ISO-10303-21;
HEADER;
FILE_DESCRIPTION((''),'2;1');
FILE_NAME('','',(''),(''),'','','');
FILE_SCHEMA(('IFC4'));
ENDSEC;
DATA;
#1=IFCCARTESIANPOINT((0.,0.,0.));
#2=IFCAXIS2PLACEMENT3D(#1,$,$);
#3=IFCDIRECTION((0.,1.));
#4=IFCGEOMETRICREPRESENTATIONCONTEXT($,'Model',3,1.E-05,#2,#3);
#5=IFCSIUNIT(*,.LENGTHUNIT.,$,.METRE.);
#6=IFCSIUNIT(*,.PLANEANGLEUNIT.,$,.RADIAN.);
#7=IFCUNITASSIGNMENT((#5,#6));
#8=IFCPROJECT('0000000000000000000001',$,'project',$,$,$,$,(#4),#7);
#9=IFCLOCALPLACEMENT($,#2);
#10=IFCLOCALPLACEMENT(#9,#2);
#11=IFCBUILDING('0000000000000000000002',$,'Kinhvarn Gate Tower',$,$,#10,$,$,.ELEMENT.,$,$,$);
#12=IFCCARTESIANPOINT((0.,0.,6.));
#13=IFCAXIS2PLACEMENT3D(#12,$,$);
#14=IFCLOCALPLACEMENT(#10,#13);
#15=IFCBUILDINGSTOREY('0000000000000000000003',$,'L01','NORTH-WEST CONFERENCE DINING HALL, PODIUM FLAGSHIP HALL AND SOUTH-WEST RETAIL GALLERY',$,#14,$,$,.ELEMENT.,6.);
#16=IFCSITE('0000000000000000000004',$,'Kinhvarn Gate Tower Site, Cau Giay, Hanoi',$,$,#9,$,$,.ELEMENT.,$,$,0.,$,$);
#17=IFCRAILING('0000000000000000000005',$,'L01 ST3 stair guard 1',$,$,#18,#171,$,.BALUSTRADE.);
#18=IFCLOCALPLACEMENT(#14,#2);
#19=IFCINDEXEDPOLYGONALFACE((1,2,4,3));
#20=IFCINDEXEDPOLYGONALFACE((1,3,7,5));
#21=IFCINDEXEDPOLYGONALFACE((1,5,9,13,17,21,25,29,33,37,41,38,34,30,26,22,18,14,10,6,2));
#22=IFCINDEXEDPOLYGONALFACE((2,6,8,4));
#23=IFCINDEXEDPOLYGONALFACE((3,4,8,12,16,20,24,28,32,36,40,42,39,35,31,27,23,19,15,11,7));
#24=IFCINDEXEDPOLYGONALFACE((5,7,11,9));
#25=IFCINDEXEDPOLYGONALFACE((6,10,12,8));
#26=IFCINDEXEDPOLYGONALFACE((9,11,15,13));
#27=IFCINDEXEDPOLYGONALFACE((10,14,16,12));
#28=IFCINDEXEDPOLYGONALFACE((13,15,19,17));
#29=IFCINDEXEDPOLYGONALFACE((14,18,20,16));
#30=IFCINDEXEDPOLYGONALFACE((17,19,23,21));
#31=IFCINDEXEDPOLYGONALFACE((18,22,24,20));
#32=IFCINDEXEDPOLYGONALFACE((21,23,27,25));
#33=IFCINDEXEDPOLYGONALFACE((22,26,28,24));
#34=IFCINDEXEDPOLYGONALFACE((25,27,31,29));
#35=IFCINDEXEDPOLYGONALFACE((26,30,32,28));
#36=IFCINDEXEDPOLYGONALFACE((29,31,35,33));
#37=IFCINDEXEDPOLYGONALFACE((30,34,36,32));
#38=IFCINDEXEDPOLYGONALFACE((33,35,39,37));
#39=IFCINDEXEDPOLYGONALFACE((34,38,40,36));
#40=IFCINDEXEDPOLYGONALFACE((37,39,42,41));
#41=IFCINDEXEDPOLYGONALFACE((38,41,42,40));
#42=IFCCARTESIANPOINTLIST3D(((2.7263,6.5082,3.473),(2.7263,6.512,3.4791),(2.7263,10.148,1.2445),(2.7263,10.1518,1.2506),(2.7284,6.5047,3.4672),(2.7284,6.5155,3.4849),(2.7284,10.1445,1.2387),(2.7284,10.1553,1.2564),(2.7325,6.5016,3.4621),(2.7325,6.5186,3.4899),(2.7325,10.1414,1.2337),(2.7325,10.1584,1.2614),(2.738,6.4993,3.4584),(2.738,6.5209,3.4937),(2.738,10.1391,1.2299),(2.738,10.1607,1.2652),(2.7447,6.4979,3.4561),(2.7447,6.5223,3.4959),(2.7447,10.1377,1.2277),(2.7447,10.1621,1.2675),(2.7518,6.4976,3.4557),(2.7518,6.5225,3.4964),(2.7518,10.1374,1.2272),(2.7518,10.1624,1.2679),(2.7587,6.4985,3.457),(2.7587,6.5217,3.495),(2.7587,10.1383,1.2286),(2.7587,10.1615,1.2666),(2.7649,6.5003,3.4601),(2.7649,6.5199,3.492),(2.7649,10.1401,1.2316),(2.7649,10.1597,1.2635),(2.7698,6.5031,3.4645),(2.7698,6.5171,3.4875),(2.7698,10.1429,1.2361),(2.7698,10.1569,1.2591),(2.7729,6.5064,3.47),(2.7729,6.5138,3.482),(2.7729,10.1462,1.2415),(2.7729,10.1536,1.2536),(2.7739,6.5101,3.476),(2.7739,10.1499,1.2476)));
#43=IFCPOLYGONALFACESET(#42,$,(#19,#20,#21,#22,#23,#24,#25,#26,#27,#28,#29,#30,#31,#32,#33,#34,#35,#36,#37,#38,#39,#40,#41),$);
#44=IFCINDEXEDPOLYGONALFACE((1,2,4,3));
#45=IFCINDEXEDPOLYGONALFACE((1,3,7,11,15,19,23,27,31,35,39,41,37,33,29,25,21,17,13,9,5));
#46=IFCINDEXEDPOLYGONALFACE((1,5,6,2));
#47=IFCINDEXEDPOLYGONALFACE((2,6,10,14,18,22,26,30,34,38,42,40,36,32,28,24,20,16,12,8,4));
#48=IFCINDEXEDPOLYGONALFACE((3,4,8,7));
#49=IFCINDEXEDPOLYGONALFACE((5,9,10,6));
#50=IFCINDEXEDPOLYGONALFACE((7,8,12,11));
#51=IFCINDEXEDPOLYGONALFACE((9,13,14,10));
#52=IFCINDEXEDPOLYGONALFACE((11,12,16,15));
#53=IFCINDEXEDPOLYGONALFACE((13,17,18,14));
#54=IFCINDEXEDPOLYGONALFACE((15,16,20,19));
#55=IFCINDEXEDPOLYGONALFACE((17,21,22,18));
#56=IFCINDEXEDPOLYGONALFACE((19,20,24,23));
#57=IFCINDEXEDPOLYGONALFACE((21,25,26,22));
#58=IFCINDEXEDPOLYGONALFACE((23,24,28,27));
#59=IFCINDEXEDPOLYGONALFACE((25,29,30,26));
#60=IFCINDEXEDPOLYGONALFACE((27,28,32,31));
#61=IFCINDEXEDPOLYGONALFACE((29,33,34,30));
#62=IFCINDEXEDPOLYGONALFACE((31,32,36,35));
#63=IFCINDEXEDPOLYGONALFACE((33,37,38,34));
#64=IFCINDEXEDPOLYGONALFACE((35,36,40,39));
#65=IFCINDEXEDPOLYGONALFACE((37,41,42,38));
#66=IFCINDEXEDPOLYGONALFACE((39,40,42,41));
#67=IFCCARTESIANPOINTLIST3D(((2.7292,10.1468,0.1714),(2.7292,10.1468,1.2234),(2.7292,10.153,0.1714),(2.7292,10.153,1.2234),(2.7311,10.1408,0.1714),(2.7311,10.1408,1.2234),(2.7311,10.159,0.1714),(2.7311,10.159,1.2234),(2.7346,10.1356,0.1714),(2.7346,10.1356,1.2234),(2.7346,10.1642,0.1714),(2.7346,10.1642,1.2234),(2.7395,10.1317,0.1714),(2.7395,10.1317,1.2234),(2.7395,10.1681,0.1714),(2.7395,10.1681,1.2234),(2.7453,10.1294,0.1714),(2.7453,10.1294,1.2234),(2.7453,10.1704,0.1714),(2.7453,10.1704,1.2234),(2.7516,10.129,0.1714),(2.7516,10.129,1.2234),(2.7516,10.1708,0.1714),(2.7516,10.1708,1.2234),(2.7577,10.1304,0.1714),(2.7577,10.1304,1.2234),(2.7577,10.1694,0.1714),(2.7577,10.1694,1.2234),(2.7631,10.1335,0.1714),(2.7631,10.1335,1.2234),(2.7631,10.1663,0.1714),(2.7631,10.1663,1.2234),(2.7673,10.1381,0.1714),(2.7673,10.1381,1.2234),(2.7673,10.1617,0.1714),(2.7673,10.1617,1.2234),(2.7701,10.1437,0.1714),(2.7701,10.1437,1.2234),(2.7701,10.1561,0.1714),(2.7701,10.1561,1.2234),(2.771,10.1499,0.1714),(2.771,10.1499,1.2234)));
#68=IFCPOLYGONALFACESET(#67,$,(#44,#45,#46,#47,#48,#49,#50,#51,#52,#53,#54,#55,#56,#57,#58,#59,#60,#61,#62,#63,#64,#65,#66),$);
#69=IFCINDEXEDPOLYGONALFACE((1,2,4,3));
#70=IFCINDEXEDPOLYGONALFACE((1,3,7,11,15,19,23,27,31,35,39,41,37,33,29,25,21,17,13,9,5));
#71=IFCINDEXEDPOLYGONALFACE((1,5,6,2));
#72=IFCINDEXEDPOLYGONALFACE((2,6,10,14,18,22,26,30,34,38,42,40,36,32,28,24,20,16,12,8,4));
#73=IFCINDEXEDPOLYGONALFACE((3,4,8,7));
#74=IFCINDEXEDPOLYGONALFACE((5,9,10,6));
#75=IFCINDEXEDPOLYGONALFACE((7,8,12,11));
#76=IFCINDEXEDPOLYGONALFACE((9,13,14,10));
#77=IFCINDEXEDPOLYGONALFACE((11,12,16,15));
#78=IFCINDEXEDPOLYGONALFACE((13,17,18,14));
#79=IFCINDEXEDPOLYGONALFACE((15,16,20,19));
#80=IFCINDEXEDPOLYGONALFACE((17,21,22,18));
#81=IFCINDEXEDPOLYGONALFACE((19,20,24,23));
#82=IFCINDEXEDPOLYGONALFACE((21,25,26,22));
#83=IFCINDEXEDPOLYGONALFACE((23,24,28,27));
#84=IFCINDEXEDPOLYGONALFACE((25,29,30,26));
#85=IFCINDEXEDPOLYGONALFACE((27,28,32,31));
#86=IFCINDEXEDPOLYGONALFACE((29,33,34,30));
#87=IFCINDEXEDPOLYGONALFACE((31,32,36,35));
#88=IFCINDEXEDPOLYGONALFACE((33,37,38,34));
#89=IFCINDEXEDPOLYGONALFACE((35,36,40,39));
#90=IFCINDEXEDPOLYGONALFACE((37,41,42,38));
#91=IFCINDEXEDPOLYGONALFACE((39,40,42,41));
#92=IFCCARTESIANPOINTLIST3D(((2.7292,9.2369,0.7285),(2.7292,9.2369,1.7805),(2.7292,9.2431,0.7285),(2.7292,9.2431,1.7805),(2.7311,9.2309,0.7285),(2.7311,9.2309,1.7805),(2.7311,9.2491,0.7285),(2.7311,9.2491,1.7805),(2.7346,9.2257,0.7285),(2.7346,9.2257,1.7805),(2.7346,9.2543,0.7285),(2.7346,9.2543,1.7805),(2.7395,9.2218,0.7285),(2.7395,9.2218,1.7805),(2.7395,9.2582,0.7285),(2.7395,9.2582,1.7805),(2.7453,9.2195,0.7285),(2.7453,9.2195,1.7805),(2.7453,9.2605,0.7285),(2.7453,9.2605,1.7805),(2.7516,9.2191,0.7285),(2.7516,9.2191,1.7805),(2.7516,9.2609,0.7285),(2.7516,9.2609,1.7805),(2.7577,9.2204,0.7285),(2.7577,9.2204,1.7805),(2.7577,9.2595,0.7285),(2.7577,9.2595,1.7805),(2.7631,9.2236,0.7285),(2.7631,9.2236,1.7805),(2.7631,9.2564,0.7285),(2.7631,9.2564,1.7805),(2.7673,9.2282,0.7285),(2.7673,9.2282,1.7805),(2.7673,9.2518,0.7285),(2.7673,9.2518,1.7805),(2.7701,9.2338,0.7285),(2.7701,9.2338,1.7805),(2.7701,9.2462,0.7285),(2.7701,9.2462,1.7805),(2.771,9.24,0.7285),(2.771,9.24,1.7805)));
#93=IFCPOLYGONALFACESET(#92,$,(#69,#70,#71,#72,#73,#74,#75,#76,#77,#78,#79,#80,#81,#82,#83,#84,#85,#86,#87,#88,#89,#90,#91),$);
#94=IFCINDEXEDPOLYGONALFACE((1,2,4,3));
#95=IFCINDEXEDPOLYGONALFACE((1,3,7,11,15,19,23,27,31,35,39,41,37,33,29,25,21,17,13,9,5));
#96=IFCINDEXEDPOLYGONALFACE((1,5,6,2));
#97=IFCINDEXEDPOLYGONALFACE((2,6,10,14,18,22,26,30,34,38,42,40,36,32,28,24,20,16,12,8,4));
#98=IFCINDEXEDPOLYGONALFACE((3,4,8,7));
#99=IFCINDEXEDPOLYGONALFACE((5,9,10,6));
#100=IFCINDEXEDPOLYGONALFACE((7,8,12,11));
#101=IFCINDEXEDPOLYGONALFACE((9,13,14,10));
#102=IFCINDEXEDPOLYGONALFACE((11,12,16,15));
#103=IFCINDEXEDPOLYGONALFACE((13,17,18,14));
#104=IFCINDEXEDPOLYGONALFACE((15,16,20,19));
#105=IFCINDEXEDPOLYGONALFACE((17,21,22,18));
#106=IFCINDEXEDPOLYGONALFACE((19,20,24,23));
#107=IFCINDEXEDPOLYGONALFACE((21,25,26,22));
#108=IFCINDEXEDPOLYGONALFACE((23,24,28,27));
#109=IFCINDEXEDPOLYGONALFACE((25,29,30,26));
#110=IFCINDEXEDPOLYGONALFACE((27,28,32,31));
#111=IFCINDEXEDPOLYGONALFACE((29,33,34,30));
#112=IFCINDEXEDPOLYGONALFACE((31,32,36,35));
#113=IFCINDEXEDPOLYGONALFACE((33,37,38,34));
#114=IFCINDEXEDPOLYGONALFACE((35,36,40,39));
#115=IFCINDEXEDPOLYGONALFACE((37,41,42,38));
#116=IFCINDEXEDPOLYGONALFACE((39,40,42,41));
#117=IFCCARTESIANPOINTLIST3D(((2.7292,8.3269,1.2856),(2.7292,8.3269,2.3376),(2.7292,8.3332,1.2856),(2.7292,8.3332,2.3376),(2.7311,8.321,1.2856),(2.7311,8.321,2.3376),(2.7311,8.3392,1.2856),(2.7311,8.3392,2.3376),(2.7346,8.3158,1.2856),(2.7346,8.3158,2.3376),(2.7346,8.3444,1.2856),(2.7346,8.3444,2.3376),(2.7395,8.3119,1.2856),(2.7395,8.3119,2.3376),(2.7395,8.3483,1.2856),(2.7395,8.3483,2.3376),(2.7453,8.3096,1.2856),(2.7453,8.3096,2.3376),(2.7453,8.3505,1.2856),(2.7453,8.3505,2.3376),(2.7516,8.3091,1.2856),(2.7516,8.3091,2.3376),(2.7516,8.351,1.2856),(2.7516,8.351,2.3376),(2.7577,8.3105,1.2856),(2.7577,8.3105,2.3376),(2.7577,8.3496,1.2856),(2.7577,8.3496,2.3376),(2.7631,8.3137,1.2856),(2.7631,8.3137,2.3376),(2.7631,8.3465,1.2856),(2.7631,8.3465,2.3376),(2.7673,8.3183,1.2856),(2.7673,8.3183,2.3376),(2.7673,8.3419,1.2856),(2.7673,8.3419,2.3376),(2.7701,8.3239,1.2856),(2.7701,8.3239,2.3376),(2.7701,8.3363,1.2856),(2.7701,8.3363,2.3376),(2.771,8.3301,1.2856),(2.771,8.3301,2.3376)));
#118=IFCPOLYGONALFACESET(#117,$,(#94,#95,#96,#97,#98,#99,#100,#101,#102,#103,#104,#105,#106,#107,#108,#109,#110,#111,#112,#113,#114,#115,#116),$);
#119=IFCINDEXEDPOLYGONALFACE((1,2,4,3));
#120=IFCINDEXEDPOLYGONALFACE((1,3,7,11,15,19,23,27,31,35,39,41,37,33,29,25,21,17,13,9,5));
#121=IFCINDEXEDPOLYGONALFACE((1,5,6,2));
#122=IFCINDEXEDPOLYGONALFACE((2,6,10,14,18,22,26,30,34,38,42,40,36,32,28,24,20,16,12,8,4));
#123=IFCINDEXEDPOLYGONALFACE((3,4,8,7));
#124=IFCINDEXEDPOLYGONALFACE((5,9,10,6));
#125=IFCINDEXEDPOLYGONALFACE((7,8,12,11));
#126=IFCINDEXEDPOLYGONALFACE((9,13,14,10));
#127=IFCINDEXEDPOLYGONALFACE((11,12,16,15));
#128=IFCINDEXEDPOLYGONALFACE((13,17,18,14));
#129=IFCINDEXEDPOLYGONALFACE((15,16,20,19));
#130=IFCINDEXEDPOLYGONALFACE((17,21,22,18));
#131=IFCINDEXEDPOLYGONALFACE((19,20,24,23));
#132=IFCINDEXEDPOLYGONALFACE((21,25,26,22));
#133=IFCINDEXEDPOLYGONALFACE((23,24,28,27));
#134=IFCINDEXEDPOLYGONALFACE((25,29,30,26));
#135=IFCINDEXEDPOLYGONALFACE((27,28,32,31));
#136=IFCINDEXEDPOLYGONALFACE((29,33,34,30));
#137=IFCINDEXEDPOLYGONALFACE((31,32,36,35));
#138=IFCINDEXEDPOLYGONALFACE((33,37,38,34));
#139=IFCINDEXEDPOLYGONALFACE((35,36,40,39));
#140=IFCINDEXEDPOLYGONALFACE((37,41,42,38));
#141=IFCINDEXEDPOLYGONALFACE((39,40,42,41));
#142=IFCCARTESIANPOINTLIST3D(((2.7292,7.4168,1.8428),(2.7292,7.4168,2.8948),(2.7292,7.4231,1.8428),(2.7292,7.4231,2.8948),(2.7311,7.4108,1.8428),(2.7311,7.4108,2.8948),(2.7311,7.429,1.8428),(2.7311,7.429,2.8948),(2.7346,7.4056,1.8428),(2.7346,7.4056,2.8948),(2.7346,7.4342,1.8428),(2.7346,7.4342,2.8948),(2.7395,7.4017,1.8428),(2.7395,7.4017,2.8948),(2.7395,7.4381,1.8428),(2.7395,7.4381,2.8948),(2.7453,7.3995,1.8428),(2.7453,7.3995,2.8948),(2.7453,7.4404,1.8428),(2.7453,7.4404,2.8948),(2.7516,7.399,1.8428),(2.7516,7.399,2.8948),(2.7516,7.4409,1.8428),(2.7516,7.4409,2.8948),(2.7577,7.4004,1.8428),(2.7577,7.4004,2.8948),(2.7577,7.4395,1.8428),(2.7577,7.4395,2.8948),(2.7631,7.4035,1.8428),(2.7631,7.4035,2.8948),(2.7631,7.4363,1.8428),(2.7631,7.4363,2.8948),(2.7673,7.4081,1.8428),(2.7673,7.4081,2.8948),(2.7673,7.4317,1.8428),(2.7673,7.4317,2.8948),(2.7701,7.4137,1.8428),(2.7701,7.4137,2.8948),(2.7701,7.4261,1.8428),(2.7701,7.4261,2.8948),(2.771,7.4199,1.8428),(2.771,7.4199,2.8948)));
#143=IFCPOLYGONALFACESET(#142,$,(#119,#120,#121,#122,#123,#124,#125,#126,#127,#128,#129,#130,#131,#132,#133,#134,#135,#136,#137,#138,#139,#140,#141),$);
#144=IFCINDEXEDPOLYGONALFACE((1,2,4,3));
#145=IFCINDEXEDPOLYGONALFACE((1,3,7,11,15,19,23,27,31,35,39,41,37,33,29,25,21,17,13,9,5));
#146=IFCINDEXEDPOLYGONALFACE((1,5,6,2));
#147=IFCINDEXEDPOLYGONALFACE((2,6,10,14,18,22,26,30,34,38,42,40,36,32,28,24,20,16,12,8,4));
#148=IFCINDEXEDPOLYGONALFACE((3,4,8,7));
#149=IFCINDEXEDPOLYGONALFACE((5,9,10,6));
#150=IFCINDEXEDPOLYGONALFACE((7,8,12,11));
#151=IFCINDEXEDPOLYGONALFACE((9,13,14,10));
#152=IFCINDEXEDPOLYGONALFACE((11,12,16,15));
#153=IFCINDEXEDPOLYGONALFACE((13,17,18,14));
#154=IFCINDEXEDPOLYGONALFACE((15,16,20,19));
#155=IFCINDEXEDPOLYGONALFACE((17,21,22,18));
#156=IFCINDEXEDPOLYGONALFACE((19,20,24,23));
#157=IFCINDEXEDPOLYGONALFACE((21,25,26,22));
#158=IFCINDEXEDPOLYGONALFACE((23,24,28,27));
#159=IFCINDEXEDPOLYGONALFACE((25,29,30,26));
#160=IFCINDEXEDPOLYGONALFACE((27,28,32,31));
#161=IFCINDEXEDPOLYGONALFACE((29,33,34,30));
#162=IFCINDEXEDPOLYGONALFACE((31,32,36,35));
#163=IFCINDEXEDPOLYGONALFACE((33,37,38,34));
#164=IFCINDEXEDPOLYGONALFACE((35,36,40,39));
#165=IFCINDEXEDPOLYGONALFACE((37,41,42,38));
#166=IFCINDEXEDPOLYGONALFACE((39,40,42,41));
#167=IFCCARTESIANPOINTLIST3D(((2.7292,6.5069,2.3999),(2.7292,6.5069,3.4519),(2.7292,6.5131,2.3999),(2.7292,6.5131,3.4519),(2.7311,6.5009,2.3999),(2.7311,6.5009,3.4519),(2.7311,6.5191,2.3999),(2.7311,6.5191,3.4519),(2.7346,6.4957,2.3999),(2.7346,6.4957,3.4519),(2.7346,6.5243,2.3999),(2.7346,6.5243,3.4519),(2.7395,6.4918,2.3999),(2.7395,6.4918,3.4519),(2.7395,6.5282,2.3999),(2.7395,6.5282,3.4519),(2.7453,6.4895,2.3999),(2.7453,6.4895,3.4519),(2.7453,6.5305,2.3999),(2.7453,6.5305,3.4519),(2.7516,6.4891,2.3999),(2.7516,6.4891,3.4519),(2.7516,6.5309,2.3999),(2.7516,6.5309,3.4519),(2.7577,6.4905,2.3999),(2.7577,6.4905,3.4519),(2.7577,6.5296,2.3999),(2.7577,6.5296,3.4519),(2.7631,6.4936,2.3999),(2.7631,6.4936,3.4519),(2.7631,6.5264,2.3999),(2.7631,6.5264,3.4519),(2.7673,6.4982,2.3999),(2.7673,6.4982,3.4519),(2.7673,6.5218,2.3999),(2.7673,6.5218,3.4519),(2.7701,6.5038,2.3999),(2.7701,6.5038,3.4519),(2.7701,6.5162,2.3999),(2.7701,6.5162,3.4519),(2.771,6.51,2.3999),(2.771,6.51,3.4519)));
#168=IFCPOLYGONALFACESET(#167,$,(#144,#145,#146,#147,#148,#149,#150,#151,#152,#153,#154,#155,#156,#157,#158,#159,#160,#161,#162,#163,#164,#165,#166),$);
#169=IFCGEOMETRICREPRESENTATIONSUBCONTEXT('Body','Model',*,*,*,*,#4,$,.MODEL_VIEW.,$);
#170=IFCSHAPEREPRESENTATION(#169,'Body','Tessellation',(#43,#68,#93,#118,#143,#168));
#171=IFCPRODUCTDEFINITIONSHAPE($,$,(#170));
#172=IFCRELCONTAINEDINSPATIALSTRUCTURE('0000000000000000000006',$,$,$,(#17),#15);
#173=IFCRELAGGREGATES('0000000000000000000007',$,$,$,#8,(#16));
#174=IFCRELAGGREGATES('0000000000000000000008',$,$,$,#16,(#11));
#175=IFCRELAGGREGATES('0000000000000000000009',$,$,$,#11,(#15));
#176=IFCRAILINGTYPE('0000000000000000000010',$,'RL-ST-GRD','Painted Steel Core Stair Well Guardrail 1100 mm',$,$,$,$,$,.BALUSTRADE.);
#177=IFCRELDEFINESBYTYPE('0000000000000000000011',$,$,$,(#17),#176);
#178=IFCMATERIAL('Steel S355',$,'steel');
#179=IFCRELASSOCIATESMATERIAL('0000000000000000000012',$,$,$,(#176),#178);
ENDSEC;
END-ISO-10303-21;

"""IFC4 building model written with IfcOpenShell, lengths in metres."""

from ifc_helpers import new_model, si_unit, direction, frame, origin, origin_2d, place, context, subcontext, project, spatial, circle, extrude, material, type_object, element, save


model = new_model("IFC4")

# Units and contexts
model_context = context("Model", 3, precision=1e-05, world=origin(), true_north=direction((0.0, 1.0)))
body_context = subcontext(model_context, "Body", "Model", "MODEL_VIEW")
ifc_project = project(units=[si_unit("LENGTHUNIT", "METRE"), si_unit("PLANEANGLEUNIT", "RADIAN")], contexts=[model_context])

# Site, building, storey
site_placement = place(None, origin())
site = spatial("IfcSite", under=ifc_project, at=site_placement, Name="Kinhvarn Gate Tower Site, Cau Giay, Hanoi", CompositionType="ELEMENT", RefElevation=0.0)
building_placement = place(site_placement, origin())
building = spatial("IfcBuilding", under=site, at=building_placement, Name="Kinhvarn Gate Tower", CompositionType="ELEMENT")
storey_placement = place(building_placement, frame((0.0, 0.0, 6.0)))
storey = spatial("IfcBuildingStorey", under=building, at=storey_placement, Name="L01", Description="NORTH-WEST CONFERENCE DINING HALL, PODIUM FLAGSHIP HALL AND SOUTH-WEST RETAIL GALLERY", CompositionType="ELEMENT", Elevation=6.0)

# Shared definitions
ifc_material_1 = material(Name="Steel S355", Category="steel")

# Railing
railing_type_1 = type_object("IfcRailingType", Name="RL-ST-GRD", Description="Painted Steel Core Stair Well Guardrail 1100 mm", PredefinedType="BALUSTRADE", material=ifc_material_1)
railing_1_placement = place(storey_placement, frame((2.75, 10.1499, 0.1714)))
element("IfcRailing", 1, at=railing_1_placement, inside=storey, type_object=railing_type_1, Name="L01 ST3 stair guard 1", PredefinedType="BALUSTRADE", context=body_context, shape_type="SweptSolid", body=[
    extrude(circle(Radius=0.0239, at=origin_2d()), frame((0.0, 0.0, 1.0762), z_axis=(0.0, -0.85285, 0.522156), x_axis=(1.0, 0.0, 0.0)), (0.0, 0.0, 1.0), 4.2678),
    extrude(circle(Radius=0.021, at=origin_2d()), origin(), (0.0, 0.0, 1.0), 1.052),
    extrude(circle(Radius=0.021, at=origin_2d()), frame((0.0, -0.9099, 0.5571)), (0.0, 0.0, 1.0), 1.052),
    extrude(circle(Radius=0.021, at=origin_2d()), frame((0.0, -1.8198, 1.1143)), (0.0, 0.0, 1.0), 1.052),
    extrude(circle(Radius=0.021, at=origin_2d()), frame((0.0, -2.73, 1.6714)), (0.0, 0.0, 1.0), 1.052),
    extrude(circle(Radius=0.021, at=origin_2d()), frame((0.0, -3.6399, 2.2285)), (0.0, 0.0, 1.0), 1.052),
])

save(model, "model.ifc")
